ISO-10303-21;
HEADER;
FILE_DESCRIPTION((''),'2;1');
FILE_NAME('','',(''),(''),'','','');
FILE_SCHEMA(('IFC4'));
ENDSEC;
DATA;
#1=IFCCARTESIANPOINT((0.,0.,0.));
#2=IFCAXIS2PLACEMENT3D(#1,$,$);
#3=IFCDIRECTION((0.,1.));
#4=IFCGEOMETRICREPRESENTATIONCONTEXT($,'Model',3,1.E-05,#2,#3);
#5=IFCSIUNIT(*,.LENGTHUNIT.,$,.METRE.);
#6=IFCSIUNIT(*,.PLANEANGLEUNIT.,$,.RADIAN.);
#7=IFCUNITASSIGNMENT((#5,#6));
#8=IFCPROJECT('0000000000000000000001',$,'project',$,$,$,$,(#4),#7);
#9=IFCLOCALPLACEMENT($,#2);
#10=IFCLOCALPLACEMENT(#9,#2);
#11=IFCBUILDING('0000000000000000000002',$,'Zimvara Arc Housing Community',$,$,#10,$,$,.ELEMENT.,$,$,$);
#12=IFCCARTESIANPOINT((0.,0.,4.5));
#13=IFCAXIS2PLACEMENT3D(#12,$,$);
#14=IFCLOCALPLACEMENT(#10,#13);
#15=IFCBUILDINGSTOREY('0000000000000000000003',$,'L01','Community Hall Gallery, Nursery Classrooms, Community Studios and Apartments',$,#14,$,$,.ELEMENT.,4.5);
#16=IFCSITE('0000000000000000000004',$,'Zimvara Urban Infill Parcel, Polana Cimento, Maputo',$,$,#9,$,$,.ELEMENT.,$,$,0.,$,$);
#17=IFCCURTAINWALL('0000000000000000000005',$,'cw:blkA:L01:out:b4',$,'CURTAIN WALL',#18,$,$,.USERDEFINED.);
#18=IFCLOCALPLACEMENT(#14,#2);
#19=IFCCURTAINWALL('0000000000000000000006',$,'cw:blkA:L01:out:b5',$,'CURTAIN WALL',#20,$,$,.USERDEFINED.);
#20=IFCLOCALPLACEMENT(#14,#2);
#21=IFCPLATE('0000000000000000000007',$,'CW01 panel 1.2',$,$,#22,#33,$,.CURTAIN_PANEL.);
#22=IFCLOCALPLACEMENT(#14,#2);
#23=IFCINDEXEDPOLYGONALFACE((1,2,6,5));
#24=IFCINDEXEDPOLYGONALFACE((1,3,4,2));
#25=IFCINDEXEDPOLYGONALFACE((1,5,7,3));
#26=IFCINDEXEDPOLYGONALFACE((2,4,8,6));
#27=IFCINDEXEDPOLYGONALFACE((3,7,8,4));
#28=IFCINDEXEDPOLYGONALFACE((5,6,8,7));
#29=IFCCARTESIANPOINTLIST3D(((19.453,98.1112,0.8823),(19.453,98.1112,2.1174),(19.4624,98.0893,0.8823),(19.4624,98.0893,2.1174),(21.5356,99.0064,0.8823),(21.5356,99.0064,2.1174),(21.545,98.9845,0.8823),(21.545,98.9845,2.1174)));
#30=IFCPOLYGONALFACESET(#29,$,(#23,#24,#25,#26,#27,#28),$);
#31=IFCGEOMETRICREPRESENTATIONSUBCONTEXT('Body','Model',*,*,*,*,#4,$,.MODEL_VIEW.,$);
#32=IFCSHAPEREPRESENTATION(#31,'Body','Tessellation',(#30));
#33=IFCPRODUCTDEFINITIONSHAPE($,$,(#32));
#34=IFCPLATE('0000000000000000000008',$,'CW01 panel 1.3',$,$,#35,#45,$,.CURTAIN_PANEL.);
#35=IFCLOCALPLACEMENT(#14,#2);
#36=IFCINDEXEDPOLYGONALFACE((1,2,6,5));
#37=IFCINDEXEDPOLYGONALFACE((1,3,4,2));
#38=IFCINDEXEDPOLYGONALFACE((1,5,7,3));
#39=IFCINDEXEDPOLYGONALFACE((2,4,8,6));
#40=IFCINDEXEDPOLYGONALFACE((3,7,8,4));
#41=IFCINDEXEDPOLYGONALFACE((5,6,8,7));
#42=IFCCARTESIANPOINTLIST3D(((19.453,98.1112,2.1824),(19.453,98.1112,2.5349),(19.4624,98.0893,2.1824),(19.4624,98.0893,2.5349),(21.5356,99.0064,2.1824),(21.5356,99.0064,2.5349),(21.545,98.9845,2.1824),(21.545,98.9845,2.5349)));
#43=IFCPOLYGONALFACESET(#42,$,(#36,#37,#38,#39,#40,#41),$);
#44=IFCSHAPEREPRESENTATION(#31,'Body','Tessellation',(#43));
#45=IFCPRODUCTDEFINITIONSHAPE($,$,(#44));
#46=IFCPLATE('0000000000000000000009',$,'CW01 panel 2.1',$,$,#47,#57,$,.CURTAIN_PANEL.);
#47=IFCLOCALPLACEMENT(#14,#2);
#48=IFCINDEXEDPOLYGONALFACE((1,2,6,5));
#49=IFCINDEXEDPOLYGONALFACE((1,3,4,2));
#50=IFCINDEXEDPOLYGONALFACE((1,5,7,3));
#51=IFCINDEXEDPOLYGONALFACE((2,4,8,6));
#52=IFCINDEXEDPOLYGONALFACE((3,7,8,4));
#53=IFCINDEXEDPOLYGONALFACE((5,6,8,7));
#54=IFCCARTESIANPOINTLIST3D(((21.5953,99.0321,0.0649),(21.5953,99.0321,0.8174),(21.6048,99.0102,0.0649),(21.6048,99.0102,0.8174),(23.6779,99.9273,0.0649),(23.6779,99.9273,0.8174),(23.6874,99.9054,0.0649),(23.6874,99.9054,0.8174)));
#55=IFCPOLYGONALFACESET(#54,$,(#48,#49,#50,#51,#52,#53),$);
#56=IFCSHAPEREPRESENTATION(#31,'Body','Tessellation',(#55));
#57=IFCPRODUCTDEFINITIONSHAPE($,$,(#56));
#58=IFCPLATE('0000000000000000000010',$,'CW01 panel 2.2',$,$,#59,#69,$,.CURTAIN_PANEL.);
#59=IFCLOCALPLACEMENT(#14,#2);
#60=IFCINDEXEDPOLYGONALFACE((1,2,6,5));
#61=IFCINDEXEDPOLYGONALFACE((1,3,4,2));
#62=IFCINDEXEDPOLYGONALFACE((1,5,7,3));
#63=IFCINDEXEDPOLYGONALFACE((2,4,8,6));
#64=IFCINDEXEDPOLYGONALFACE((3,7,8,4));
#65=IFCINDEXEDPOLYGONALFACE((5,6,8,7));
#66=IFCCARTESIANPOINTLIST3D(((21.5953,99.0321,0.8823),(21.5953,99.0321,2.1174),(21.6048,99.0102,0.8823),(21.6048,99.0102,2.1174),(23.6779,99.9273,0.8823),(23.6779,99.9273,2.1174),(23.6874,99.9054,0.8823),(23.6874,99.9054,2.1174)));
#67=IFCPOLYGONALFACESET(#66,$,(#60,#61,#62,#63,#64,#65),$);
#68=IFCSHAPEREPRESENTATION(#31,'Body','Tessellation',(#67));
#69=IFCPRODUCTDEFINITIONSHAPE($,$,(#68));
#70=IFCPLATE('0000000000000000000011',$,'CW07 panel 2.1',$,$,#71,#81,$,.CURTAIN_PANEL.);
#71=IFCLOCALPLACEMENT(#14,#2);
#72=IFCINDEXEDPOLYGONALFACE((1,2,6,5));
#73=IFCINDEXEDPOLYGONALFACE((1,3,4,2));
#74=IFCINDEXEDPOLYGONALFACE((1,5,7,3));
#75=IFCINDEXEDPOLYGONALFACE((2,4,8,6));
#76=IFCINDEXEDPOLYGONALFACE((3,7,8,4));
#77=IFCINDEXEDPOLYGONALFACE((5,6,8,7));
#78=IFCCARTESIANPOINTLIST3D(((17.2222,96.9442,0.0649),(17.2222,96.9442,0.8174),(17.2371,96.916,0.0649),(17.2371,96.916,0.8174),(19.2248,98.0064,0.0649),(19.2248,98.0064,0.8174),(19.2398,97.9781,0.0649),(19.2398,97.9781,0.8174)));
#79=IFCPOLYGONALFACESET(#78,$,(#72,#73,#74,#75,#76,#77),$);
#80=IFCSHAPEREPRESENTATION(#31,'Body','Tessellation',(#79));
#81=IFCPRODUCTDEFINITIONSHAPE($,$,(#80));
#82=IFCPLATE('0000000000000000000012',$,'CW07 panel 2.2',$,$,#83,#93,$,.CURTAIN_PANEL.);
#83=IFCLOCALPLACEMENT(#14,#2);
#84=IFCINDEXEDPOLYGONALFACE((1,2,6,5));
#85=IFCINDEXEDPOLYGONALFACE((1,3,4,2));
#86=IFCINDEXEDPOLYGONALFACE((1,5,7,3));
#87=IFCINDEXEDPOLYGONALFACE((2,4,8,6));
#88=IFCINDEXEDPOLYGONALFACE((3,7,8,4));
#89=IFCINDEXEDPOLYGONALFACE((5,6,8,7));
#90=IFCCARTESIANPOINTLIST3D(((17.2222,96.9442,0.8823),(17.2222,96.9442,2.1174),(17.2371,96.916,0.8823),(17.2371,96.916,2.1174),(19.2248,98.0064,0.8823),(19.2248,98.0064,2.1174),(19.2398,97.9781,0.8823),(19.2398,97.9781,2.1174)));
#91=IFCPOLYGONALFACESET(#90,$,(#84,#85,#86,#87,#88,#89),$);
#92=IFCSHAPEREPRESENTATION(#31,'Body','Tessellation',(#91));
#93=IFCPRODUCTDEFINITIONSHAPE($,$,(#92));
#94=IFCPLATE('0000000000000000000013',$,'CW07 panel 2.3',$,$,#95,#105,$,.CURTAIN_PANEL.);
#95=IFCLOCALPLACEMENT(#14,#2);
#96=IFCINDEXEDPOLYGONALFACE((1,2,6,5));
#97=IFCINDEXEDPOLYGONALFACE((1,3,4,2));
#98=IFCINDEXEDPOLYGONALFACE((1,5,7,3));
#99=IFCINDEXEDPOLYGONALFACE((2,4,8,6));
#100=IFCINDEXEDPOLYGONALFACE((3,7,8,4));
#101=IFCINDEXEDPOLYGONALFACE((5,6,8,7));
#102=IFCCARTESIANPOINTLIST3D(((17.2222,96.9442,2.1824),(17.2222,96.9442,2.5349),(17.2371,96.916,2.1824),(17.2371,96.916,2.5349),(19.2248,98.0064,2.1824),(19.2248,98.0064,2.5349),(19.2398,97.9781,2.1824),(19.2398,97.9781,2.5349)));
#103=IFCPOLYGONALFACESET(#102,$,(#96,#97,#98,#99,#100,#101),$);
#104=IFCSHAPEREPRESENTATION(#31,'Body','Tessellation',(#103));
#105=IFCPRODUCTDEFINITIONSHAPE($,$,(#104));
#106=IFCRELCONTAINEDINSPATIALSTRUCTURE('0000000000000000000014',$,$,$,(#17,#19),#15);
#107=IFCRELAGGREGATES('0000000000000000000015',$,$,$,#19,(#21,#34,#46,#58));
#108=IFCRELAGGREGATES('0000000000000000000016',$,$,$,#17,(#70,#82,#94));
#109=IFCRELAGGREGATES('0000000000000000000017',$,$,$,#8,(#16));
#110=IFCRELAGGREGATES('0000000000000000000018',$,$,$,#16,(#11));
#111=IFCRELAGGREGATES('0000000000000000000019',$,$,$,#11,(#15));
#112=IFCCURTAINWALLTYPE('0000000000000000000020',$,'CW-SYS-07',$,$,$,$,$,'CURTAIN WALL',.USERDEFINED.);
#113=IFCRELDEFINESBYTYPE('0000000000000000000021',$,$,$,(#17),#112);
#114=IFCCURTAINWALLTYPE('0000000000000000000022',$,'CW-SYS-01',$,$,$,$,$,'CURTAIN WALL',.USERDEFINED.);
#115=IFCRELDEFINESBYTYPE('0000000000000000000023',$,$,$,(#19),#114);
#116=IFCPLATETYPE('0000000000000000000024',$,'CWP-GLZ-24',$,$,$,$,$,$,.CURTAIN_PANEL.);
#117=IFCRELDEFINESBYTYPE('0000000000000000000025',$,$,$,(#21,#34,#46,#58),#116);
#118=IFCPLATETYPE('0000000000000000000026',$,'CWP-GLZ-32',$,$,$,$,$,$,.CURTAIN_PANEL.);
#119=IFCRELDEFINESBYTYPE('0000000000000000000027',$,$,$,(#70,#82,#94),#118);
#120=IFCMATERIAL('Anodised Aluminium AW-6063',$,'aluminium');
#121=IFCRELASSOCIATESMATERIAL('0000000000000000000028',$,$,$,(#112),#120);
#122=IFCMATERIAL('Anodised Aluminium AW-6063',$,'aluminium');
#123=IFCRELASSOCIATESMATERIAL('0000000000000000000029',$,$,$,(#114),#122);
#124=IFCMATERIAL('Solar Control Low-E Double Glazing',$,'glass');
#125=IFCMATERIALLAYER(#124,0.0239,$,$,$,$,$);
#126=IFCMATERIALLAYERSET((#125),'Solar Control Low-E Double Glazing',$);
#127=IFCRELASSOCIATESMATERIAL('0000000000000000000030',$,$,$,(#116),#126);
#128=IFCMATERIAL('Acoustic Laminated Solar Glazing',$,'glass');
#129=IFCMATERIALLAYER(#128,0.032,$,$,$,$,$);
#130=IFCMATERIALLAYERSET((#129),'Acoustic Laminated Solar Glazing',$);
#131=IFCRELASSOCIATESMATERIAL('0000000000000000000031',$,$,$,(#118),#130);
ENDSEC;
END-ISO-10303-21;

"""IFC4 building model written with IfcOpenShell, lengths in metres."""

from ifc_helpers import new_model, si_unit, direction, frame, origin, origin_2d, place, context, subcontext, project, spatial, rectangle, extrude, material, layer, layer_set, type_object, element, aggregate, save


model = new_model("IFC4")

# Units and contexts
model_context = context("Model", 3, precision=1e-05, world=origin(), true_north=direction((0.0, 1.0)))
body_context = subcontext(model_context, "Body", "Model", "MODEL_VIEW")
ifc_project = project(units=[si_unit("LENGTHUNIT", "METRE"), si_unit("PLANEANGLEUNIT", "RADIAN")], contexts=[model_context])

# Site, building, storey
site_placement = place(None, origin())
site = spatial("IfcSite", under=ifc_project, at=site_placement, Name="Zimvara Urban Infill Parcel, Polana Cimento, Maputo", CompositionType="ELEMENT", RefElevation=0.0)
building_placement = place(site_placement, origin())
building = spatial("IfcBuilding", under=site, at=building_placement, Name="Zimvara Arc Housing Community", CompositionType="ELEMENT")
storey_placement = place(building_placement, frame((0.0, 0.0, 4.5)))
storey = spatial("IfcBuildingStorey", under=building, at=storey_placement, Name="L01", Description="Community Hall Gallery, Nursery Classrooms, Community Studios and Apartments", CompositionType="ELEMENT", Elevation=4.5)

# Curtain wall
ifc_material_1 = material(Name="Anodised Aluminium AW-6063", Category="aluminium")
curtain_wall_type_1 = type_object("IfcCurtainWallType", Name="CW-SYS-07", ElementType="CURTAIN WALL", PredefinedType="USERDEFINED", material=ifc_material_1)
curtain_wall_1_placement = place(storey_placement, origin())
curtain_wall_1 = element("IfcCurtainWall", 1, at=curtain_wall_1_placement, inside=storey, type_object=curtain_wall_type_1, Name="cw:blkA:L01:out:b4", ObjectType="CURTAIN WALL", PredefinedType="USERDEFINED")

# Curtain wall, plates
ifc_material_2 = material(Name="Anodised Aluminium AW-6063", Category="aluminium")
curtain_wall_type_2 = type_object("IfcCurtainWallType", Name="CW-SYS-01", ElementType="CURTAIN WALL", PredefinedType="USERDEFINED", material=ifc_material_2)
curtain_wall_2_placement = place(storey_placement, origin())
curtain_wall_2 = element("IfcCurtainWall", 2, at=curtain_wall_2_placement, inside=storey, type_object=curtain_wall_type_2, Name="cw:blkA:L01:out:b5", ObjectType="CURTAIN WALL", PredefinedType="USERDEFINED")
ifc_material_3 = material(Name="Solar Control Low-E Double Glazing", Category="glass")
ifc_layer_1 = layer(ifc_material_3, 0.0239)
ifc_layer_set_1 = layer_set([ifc_layer_1], Name="Solar Control Low-E Double Glazing")
plate_type_1 = type_object("IfcPlateType", Name="CWP-GLZ-24", PredefinedType="CURTAIN_PANEL", material=ifc_layer_set_1)
plate_1_placement = place(storey_placement, frame((20.499, 98.5479, 0.8823), z_axis=(0.0, 0.0, 1.0), x_axis=(0.918722, 0.394904, 0.0)))
plate_1 = element("IfcPlate", 3, at=plate_1_placement, type_object=plate_type_1, Name="CW01 panel 1.2", PredefinedType="CURTAIN_PANEL", context=body_context, shape_type="SweptSolid", body=[
    extrude(rectangle(XDim=2.2668, YDim=0.0239, at=origin_2d()), origin(), (0.0, 0.0, 1.0), 1.2351),
])
plate_2_placement = place(storey_placement, frame((20.499, 98.5479, 2.1824), z_axis=(0.0, 0.0, 1.0), x_axis=(0.918722, 0.394904, 0.0)))
plate_2 = element("IfcPlate", 4, at=plate_2_placement, type_object=plate_type_1, Name="CW01 panel 1.3", PredefinedType="CURTAIN_PANEL", context=body_context, shape_type="SweptSolid", body=[
    extrude(rectangle(XDim=2.2668, YDim=0.0239, at=origin_2d()), origin(), (0.0, 0.0, 1.0), 0.3525),
])
plate_3_placement = place(storey_placement, frame((22.6414, 99.4688, 0.0649), z_axis=(0.0, 0.0, 1.0), x_axis=(0.918722, 0.394904, 0.0)))
plate_3 = element("IfcPlate", 5, at=plate_3_placement, type_object=plate_type_1, Name="CW01 panel 2.1", PredefinedType="CURTAIN_PANEL", context=body_context, shape_type="SweptSolid", body=[
    extrude(rectangle(XDim=2.2668, YDim=0.0239, at=origin_2d()), origin(), (0.0, 0.0, 1.0), 0.7524),
])
plate_4_placement = place(storey_placement, frame((22.6414, 99.4688, 0.8823), z_axis=(0.0, 0.0, 1.0), x_axis=(0.918722, 0.394904, 0.0)))
plate_4 = element("IfcPlate", 6, at=plate_4_placement, type_object=plate_type_1, Name="CW01 panel 2.2", PredefinedType="CURTAIN_PANEL", context=body_context, shape_type="SweptSolid", body=[
    extrude(rectangle(XDim=2.2668, YDim=0.0239, at=origin_2d()), origin(), (0.0, 0.0, 1.0), 1.2351),
])
aggregate(curtain_wall_2, [plate_1, plate_2, plate_3, plate_4])

# Plates
ifc_material_4 = material(Name="Acoustic Laminated Solar Glazing", Category="glass")
ifc_layer_2 = layer(ifc_material_4, 0.032)
ifc_layer_set_2 = layer_set([ifc_layer_2], Name="Acoustic Laminated Solar Glazing")
plate_type_2 = type_object("IfcPlateType", Name="CWP-GLZ-32", PredefinedType="CURTAIN_PANEL", material=ifc_layer_set_2)
plate_5_placement = place(storey_placement, frame((18.231, 97.4612, 0.0649), z_axis=(0.0, 0.0, 1.0), x_axis=(0.883439, 0.468547, 0.0)))
plate_5 = element("IfcPlate", 7, at=plate_5_placement, type_object=plate_type_2, Name="CW07 panel 2.1", PredefinedType="CURTAIN_PANEL", context=body_context, shape_type="SweptSolid", body=[
    extrude(rectangle(XDim=2.2668, YDim=0.032, at=origin_2d()), origin(), (0.0, 0.0, 1.0), 0.7524),
])
plate_6_placement = place(storey_placement, frame((18.231, 97.4612, 0.8823), z_axis=(0.0, 0.0, 1.0), x_axis=(0.883439, 0.468547, 0.0)))
plate_6 = element("IfcPlate", 8, at=plate_6_placement, type_object=plate_type_2, Name="CW07 panel 2.2", PredefinedType="CURTAIN_PANEL", context=body_context, shape_type="SweptSolid", body=[
    extrude(rectangle(XDim=2.2668, YDim=0.032, at=origin_2d()), origin(), (0.0, 0.0, 1.0), 1.2351),
])
plate_7_placement = place(storey_placement, frame((18.231, 97.4612, 2.1824), z_axis=(0.0, 0.0, 1.0), x_axis=(0.883439, 0.468547, 0.0)))
plate_7 = element("IfcPlate", 9, at=plate_7_placement, type_object=plate_type_2, Name="CW07 panel 2.3", PredefinedType="CURTAIN_PANEL", context=body_context, shape_type="SweptSolid", body=[
    extrude(rectangle(XDim=2.2668, YDim=0.032, at=origin_2d()), origin(), (0.0, 0.0, 1.0), 0.3525),
])
aggregate(curtain_wall_1, [plate_5, plate_6, plate_7])

save(model, "model.ifc")
